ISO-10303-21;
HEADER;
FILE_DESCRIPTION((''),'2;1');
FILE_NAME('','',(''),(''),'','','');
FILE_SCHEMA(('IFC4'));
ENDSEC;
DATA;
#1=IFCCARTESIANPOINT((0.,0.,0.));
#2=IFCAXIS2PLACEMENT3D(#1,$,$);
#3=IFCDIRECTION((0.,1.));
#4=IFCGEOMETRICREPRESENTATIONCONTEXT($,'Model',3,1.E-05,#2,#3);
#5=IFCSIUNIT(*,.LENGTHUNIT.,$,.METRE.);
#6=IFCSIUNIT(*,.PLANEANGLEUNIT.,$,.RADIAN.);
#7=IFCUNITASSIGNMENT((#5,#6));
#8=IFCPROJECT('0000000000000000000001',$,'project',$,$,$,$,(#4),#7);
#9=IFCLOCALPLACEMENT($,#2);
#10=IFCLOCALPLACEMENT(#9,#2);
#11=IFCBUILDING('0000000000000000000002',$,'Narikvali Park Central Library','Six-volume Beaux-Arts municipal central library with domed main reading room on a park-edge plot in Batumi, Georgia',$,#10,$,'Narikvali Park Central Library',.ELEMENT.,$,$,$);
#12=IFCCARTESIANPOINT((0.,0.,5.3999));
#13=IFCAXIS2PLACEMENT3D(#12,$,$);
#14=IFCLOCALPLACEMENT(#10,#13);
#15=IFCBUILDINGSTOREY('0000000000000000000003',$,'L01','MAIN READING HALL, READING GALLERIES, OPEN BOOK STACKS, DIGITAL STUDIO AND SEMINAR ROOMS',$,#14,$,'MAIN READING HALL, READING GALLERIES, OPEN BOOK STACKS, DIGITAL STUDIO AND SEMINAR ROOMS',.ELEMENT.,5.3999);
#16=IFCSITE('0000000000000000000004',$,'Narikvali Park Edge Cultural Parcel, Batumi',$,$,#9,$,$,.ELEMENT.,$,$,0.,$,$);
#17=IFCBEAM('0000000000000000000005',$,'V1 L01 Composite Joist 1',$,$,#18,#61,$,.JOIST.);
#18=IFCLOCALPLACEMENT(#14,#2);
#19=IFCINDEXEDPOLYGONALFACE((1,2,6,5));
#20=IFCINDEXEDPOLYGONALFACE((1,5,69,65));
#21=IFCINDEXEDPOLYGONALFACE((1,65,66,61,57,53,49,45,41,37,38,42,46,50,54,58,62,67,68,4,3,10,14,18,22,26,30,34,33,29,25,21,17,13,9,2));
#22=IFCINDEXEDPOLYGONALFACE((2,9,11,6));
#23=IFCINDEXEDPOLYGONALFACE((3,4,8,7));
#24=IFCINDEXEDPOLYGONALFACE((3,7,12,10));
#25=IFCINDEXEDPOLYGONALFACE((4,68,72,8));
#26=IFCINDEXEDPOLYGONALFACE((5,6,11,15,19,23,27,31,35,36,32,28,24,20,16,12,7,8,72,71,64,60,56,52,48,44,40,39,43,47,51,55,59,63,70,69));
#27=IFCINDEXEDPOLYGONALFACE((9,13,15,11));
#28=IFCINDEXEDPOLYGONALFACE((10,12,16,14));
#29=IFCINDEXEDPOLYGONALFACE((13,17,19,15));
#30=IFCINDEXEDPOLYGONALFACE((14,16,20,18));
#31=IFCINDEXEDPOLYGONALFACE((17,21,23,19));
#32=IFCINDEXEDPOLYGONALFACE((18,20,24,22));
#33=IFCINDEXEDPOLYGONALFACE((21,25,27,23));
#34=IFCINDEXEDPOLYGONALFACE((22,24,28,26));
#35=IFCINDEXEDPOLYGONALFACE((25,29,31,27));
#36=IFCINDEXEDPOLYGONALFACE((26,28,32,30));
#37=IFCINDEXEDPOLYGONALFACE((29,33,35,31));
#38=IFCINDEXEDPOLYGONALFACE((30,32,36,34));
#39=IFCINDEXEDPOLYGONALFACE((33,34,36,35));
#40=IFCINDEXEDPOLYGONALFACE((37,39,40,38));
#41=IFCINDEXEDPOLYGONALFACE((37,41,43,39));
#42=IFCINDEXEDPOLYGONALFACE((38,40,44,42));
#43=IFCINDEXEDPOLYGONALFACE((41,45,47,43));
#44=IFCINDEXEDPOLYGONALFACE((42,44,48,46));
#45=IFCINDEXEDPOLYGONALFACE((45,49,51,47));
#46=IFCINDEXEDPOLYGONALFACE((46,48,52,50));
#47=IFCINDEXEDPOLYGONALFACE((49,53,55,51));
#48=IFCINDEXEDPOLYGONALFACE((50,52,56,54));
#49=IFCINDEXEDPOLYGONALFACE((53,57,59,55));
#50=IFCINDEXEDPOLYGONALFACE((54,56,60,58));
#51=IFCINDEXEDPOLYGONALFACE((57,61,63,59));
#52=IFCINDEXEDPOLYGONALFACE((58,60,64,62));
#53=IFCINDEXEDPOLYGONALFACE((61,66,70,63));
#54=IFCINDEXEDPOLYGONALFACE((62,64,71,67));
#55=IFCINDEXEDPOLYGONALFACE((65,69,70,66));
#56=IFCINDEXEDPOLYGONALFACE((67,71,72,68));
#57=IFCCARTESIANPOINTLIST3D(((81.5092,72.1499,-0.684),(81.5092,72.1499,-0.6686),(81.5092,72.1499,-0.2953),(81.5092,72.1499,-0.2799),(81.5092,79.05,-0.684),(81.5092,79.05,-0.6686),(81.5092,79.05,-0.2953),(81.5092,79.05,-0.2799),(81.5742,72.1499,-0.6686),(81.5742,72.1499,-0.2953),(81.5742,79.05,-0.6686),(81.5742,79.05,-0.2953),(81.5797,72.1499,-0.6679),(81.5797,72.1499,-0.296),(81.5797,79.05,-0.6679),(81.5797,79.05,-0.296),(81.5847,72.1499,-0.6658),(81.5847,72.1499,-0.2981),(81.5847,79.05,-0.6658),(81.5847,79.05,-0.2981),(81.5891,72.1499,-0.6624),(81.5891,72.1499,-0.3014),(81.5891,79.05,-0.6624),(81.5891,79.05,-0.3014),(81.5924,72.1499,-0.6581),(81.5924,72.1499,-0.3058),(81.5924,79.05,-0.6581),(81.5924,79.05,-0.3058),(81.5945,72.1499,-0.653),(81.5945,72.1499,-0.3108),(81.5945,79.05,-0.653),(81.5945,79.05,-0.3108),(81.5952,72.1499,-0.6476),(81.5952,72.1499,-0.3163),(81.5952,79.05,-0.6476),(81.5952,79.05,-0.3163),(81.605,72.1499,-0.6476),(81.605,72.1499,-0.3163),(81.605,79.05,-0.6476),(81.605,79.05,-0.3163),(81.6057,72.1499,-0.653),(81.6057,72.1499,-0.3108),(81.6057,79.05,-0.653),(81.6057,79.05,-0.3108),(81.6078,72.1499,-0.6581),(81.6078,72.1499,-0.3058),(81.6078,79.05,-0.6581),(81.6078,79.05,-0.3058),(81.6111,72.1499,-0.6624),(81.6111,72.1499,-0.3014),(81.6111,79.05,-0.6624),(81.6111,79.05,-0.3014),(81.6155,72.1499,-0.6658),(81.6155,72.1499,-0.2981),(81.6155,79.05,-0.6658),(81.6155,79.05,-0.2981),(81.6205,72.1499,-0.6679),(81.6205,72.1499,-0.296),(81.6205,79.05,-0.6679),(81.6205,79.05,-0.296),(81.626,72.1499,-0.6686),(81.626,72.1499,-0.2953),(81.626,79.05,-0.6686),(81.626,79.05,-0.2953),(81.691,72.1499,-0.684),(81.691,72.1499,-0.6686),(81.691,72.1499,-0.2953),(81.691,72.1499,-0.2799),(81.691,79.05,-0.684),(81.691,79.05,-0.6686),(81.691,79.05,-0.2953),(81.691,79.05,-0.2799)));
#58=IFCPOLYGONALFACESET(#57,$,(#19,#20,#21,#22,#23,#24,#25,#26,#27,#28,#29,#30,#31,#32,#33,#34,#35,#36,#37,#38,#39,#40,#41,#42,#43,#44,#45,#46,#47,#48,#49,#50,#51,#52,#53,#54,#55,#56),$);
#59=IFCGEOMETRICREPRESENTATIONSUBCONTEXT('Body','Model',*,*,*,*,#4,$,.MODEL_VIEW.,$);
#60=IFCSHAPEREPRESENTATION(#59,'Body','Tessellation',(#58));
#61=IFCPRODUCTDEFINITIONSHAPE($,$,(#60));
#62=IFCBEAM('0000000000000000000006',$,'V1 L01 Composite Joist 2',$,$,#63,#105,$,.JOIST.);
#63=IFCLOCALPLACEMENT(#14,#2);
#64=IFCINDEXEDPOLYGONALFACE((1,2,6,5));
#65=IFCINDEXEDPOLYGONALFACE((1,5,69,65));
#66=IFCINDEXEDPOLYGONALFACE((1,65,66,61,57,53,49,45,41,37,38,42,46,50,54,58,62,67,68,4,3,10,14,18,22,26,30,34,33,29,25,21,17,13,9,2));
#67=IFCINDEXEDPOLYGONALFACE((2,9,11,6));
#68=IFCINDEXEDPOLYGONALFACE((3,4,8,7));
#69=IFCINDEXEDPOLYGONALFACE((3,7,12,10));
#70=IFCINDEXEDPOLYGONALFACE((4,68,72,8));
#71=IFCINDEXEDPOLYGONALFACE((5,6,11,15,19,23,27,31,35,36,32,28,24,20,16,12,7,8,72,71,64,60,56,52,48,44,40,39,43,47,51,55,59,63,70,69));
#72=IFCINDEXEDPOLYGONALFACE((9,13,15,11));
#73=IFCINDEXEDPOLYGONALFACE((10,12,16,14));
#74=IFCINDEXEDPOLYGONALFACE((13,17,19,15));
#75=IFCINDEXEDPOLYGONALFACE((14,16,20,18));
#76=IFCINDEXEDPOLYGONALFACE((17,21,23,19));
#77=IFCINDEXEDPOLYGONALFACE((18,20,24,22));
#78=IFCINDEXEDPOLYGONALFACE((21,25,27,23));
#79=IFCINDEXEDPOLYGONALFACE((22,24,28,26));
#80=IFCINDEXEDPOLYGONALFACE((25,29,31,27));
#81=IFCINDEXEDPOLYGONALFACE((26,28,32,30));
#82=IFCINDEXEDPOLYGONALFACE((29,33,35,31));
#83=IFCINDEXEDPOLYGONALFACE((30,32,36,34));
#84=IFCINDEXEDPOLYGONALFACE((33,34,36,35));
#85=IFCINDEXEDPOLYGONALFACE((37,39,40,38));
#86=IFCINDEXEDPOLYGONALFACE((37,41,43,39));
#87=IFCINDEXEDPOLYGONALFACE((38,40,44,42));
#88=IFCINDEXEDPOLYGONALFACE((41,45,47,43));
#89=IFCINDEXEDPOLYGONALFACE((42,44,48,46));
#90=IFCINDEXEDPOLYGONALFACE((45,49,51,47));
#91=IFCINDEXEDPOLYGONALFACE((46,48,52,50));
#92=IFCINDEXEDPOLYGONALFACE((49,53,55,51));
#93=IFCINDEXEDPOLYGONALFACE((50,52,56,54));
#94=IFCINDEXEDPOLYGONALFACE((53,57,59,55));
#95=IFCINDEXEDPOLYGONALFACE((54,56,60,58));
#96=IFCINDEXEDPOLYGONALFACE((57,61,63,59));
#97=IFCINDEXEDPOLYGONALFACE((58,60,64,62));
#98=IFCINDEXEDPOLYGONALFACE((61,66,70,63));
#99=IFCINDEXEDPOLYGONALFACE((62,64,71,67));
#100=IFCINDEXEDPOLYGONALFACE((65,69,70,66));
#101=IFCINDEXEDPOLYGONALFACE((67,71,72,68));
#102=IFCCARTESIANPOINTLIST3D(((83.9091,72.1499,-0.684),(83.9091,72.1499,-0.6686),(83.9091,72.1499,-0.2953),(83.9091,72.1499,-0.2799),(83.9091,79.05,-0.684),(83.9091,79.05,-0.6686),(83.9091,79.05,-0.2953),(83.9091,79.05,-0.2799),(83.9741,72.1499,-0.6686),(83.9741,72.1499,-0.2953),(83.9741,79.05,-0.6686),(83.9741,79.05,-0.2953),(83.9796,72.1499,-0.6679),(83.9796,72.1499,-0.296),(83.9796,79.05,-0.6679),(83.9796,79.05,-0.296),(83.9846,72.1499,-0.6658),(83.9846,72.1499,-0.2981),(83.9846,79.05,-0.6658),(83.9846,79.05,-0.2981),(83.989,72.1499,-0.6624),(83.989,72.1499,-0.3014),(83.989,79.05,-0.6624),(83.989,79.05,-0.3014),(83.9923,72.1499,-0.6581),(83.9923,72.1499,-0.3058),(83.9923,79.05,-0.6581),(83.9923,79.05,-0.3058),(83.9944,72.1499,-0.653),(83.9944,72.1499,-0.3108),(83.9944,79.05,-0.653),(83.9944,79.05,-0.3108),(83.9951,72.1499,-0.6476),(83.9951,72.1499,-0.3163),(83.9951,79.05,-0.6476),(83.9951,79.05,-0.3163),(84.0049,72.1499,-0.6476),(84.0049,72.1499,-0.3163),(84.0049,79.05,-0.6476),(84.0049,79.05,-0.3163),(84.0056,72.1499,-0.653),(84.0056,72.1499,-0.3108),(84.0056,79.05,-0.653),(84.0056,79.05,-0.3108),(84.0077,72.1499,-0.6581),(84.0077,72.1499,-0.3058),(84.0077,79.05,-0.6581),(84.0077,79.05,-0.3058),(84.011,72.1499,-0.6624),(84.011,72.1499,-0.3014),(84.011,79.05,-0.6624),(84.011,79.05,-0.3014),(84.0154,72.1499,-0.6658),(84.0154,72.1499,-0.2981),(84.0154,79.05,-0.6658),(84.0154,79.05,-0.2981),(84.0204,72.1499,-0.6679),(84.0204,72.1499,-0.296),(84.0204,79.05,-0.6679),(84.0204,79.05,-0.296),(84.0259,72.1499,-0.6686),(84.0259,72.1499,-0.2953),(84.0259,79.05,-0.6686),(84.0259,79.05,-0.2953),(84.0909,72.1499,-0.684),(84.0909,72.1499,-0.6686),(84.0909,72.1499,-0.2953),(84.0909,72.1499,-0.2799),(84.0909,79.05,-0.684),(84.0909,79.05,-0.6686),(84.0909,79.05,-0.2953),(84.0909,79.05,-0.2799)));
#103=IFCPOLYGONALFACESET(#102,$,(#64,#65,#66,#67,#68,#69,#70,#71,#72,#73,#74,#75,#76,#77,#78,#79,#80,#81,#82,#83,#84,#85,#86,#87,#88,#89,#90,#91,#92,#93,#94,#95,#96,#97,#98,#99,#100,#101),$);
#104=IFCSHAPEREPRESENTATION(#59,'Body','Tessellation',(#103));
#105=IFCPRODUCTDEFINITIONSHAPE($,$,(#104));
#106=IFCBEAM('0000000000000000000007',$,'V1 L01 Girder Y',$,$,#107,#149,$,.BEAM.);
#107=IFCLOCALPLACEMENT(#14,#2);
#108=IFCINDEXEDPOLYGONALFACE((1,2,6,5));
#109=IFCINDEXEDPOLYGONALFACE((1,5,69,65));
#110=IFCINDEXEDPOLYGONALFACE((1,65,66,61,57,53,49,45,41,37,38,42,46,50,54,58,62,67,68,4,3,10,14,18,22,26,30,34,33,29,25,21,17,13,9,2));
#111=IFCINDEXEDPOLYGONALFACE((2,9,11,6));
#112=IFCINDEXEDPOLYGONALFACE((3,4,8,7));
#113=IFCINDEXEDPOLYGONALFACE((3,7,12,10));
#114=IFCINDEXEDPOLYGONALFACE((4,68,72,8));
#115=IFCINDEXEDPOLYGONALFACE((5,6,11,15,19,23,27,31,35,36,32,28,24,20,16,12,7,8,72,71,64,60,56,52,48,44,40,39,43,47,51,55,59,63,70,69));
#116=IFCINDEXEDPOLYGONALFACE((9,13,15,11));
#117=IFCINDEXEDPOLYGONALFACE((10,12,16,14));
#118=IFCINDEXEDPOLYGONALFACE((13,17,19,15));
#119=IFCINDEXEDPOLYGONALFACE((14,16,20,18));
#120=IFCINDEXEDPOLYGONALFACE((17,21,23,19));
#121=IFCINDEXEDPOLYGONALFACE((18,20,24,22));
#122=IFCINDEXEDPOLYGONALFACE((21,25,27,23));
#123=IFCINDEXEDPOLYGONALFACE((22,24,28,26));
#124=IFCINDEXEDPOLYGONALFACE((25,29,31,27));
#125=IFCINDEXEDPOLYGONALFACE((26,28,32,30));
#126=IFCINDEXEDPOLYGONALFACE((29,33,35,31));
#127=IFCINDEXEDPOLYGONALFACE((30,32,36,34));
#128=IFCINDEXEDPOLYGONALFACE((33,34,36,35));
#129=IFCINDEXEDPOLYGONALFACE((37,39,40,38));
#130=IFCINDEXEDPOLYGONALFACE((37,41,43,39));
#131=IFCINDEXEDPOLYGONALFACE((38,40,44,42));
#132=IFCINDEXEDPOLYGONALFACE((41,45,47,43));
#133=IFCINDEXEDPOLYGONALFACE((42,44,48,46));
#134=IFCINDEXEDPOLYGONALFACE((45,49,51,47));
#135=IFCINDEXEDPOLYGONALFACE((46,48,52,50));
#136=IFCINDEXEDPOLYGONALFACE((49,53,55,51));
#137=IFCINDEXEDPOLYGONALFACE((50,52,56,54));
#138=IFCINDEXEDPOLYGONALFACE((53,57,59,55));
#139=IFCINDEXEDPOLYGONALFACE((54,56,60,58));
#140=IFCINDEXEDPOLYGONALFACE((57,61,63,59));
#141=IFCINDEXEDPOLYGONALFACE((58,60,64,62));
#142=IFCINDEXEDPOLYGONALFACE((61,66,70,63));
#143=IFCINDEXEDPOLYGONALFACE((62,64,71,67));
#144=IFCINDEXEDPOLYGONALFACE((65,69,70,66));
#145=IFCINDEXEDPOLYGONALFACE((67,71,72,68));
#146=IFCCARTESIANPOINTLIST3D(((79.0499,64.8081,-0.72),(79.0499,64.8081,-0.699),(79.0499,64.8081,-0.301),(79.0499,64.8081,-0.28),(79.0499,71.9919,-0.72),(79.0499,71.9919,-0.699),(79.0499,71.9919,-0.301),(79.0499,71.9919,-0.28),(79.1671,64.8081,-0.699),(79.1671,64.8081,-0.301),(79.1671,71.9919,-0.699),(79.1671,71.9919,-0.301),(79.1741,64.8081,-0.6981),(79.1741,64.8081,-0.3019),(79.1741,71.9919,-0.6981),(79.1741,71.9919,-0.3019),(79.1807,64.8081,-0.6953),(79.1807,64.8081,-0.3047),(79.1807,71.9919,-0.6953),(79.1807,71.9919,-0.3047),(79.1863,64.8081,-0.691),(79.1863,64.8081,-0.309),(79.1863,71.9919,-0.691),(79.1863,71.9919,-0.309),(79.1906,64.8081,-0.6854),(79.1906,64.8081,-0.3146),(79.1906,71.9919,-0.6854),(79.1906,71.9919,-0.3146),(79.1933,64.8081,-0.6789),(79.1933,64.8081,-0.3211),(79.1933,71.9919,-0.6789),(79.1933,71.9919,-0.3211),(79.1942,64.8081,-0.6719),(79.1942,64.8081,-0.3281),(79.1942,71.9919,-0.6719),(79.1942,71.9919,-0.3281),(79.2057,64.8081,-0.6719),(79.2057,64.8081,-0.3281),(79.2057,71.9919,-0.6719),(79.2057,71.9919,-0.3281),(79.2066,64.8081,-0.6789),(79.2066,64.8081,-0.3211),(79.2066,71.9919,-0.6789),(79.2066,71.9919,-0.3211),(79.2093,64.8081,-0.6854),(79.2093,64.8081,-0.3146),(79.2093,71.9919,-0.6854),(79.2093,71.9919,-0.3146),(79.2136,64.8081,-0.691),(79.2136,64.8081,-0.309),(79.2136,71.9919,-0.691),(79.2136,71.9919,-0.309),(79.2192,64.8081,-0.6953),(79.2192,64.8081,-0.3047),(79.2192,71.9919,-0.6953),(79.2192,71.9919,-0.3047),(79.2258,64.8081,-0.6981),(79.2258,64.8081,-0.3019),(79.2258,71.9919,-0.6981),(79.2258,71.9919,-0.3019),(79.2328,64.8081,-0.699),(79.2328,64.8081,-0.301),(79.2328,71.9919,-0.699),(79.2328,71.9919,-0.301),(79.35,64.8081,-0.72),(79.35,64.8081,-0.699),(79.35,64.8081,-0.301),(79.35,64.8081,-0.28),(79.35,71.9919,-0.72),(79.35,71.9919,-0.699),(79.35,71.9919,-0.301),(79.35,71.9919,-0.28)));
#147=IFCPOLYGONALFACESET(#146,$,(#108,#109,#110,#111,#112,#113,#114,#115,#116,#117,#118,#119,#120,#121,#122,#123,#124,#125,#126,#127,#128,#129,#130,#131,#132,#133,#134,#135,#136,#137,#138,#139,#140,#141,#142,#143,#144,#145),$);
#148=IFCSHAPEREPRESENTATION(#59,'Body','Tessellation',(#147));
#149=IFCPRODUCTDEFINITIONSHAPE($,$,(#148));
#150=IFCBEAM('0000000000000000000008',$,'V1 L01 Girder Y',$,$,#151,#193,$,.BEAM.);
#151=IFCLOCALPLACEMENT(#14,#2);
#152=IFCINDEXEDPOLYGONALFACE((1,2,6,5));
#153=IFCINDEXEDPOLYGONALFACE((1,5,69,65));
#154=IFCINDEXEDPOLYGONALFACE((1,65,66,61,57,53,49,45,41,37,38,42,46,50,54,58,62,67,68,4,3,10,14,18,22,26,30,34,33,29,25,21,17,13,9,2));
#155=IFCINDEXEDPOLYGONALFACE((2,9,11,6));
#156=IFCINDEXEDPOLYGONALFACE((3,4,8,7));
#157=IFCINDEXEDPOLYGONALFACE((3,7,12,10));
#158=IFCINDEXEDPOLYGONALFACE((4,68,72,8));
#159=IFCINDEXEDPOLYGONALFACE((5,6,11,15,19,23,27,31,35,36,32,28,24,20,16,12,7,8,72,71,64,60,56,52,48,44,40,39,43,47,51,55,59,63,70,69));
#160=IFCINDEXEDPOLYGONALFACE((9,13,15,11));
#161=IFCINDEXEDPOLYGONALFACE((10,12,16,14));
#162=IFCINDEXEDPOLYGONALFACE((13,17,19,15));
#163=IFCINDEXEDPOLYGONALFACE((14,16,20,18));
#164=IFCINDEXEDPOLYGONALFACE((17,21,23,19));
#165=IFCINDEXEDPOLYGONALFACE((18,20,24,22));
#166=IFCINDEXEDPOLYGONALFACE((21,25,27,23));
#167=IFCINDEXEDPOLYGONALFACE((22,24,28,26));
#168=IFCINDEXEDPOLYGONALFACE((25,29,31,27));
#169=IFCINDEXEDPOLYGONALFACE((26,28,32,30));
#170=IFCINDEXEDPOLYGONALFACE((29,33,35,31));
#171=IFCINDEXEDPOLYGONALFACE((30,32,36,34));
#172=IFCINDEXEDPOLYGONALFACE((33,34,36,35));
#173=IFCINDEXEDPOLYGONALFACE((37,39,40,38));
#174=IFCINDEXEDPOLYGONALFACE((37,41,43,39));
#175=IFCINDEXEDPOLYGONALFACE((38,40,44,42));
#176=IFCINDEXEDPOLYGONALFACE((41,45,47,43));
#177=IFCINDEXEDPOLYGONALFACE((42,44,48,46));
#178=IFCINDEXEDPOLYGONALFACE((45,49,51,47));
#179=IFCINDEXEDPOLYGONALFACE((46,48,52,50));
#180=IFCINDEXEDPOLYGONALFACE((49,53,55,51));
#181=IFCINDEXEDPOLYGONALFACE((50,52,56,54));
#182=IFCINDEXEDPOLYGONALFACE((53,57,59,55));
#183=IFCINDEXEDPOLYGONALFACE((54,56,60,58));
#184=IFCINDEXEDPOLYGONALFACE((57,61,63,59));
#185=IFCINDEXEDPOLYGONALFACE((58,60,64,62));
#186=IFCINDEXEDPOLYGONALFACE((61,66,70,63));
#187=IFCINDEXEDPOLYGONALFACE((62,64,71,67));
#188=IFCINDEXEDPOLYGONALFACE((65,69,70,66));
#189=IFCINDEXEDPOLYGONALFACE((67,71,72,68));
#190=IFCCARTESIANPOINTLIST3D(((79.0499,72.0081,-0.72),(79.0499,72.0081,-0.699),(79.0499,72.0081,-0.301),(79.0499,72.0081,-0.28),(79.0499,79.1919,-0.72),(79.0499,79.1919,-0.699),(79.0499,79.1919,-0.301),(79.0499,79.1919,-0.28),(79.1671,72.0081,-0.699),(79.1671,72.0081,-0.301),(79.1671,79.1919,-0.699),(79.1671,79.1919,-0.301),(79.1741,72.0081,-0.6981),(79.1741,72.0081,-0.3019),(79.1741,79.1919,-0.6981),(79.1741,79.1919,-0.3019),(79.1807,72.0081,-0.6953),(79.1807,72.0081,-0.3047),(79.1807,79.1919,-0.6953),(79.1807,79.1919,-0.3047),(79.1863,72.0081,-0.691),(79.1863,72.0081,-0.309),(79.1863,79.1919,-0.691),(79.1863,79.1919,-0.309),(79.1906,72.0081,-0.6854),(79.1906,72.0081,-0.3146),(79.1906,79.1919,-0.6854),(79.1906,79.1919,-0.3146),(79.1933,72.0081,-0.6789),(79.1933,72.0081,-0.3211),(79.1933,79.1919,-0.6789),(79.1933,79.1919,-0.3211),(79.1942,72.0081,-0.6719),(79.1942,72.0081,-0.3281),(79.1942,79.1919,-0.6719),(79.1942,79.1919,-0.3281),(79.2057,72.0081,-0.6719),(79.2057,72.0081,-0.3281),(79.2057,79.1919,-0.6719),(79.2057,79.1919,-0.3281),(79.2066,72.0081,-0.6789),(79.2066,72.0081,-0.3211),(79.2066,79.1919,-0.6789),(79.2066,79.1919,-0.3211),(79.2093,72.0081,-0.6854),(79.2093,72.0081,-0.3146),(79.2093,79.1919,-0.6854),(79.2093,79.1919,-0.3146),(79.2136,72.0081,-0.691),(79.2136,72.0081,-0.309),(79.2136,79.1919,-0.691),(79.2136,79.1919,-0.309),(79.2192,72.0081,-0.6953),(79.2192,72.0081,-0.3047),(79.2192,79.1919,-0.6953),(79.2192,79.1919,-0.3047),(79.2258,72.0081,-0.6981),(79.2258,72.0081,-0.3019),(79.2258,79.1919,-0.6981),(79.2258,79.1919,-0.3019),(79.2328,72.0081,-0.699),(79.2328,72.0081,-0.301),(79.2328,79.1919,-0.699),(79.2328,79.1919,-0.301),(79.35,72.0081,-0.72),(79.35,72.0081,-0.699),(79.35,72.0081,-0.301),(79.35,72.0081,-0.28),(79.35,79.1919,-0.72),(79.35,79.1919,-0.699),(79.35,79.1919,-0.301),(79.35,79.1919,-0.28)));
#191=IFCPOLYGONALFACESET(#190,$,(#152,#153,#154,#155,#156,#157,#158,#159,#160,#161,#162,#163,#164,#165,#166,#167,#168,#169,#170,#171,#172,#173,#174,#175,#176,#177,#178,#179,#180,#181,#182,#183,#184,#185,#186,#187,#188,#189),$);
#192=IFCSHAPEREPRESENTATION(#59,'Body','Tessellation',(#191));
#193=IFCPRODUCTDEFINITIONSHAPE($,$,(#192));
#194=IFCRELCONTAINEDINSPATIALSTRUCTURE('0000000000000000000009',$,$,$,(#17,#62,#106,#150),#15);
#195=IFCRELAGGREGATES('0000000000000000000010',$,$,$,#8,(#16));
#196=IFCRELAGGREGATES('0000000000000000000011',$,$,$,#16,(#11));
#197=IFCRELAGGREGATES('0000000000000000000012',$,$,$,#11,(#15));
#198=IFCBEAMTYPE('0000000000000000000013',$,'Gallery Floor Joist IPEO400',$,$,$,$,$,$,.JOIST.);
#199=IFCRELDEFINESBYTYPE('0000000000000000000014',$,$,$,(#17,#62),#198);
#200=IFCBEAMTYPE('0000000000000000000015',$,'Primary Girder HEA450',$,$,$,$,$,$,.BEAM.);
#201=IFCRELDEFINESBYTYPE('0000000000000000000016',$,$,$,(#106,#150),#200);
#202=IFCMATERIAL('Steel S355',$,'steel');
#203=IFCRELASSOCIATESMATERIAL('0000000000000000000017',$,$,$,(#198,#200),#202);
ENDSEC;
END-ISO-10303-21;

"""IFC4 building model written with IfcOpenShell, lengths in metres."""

from ifc_helpers import new_model, si_unit, direction, frame, origin, origin_2d, place, context, subcontext, project, spatial, i_section, extrude, material, material_profile, profile_set, type_object, element, save


model = new_model("IFC4")

# Units and contexts
model_context = context("Model", 3, precision=1e-05, world=origin(), true_north=direction((0.0, 1.0)))
body_context = subcontext(model_context, "Body", "Model", "MODEL_VIEW")
ifc_project = project(units=[si_unit("LENGTHUNIT", "METRE"), si_unit("PLANEANGLEUNIT", "RADIAN")], contexts=[model_context])

# Site, building, storey
site_placement = place(None, origin())
site = spatial("IfcSite", under=ifc_project, at=site_placement, Name="Narikvali Park Edge Cultural Parcel, Batumi", CompositionType="ELEMENT", RefElevation=0.0)
building_placement = place(site_placement, origin())
building = spatial("IfcBuilding", under=site, at=building_placement, Name="Narikvali Park Central Library", Description="Six-volume Beaux-Arts municipal central library with domed main reading room on a park-edge plot in Batumi, Georgia", LongName="Narikvali Park Central Library", CompositionType="ELEMENT")
storey_placement = place(building_placement, frame((0.0, 0.0, 5.3999)))
storey = spatial("IfcBuildingStorey", under=building, at=storey_placement, Name="L01", Description="MAIN READING HALL, READING GALLERIES, OPEN BOOK STACKS, DIGITAL STUDIO AND SEMINAR ROOMS", LongName="MAIN READING HALL, READING GALLERIES, OPEN BOOK STACKS, DIGITAL STUDIO AND SEMINAR ROOMS", CompositionType="ELEMENT", Elevation=5.3999)

# Shared definitions
ifc_material_1 = material(Name="Steel S355", Category="steel")

# Beams
ifc_material_profile_1 = material_profile(ifc_material_1, i_section(OverallWidth=0.1819, OverallDepth=0.4041, WebThickness=0.0098, FlangeThickness=0.0154, FilletRadius=0.021, at=origin_2d()), Name="IPEO 400")
ifc_profile_set_1 = profile_set([ifc_material_profile_1], Name="Steel S355")
beam_type_1 = type_object("IfcBeamType", Name="Gallery Floor Joist IPEO400", PredefinedType="JOIST", material=ifc_profile_set_1)
for number, where, z_axis, x_axis, name in (
    (1, (81.6001, 72.1499, -0.4819), (0.0, 1.0, 0.0), (-1.0, 0.0, 0.0), "V1 L01 Composite Joist 1"),
    (2, (84.0, 72.1499, -0.4819), (0.0, 1.0, 0.0), (-1.0, 0.0, 0.0), "V1 L01 Composite Joist 2"),
):
    element("IfcBeam", number, at=place(storey_placement, frame(where, z_axis=z_axis, x_axis=x_axis)), inside=storey, type_object=beam_type_1, Name=name, PredefinedType="JOIST", context=body_context, shape_type="SweptSolid", body=[
        extrude(i_section(OverallWidth=0.1819, OverallDepth=0.4041, WebThickness=0.0098, FlangeThickness=0.0154, FilletRadius=0.021, at=origin_2d()), origin(), (0.0, 0.0, 1.0), 6.9001),
    ])
ifc_material_profile_2 = material_profile(ifc_material_1, i_section(OverallWidth=0.3, OverallDepth=0.4399, WebThickness=0.0115, FlangeThickness=0.021, FilletRadius=0.0271, at=origin_2d()), Name="HEA 450")
ifc_profile_set_2 = profile_set([ifc_material_profile_2], Name="Steel S355")
beam_type_2 = type_object("IfcBeamType", Name="Primary Girder HEA450", PredefinedType="BEAM", material=ifc_profile_set_2)
for number, where, z_axis, x_axis, name in (
    (3, (79.2, 64.8081, -0.5), (0.0, 1.0, 0.0), (-1.0, 0.0, 0.0), "V1 L01 Girder Y"),
    (4, (79.2, 72.0081, -0.5), (0.0, 1.0, 0.0), (-1.0, 0.0, 0.0), "V1 L01 Girder Y"),
):
    element("IfcBeam", number, at=place(storey_placement, frame(where, z_axis=z_axis, x_axis=x_axis)), inside=storey, type_object=beam_type_2, Name=name, PredefinedType="BEAM", context=body_context, shape_type="SweptSolid", body=[
        extrude(i_section(OverallWidth=0.3, OverallDepth=0.4399, WebThickness=0.0115, FlangeThickness=0.021, FilletRadius=0.0271, at=origin_2d()), origin(), (0.0, 0.0, 1.0), 7.1838),
    ])

save(model, "model.ifc")
